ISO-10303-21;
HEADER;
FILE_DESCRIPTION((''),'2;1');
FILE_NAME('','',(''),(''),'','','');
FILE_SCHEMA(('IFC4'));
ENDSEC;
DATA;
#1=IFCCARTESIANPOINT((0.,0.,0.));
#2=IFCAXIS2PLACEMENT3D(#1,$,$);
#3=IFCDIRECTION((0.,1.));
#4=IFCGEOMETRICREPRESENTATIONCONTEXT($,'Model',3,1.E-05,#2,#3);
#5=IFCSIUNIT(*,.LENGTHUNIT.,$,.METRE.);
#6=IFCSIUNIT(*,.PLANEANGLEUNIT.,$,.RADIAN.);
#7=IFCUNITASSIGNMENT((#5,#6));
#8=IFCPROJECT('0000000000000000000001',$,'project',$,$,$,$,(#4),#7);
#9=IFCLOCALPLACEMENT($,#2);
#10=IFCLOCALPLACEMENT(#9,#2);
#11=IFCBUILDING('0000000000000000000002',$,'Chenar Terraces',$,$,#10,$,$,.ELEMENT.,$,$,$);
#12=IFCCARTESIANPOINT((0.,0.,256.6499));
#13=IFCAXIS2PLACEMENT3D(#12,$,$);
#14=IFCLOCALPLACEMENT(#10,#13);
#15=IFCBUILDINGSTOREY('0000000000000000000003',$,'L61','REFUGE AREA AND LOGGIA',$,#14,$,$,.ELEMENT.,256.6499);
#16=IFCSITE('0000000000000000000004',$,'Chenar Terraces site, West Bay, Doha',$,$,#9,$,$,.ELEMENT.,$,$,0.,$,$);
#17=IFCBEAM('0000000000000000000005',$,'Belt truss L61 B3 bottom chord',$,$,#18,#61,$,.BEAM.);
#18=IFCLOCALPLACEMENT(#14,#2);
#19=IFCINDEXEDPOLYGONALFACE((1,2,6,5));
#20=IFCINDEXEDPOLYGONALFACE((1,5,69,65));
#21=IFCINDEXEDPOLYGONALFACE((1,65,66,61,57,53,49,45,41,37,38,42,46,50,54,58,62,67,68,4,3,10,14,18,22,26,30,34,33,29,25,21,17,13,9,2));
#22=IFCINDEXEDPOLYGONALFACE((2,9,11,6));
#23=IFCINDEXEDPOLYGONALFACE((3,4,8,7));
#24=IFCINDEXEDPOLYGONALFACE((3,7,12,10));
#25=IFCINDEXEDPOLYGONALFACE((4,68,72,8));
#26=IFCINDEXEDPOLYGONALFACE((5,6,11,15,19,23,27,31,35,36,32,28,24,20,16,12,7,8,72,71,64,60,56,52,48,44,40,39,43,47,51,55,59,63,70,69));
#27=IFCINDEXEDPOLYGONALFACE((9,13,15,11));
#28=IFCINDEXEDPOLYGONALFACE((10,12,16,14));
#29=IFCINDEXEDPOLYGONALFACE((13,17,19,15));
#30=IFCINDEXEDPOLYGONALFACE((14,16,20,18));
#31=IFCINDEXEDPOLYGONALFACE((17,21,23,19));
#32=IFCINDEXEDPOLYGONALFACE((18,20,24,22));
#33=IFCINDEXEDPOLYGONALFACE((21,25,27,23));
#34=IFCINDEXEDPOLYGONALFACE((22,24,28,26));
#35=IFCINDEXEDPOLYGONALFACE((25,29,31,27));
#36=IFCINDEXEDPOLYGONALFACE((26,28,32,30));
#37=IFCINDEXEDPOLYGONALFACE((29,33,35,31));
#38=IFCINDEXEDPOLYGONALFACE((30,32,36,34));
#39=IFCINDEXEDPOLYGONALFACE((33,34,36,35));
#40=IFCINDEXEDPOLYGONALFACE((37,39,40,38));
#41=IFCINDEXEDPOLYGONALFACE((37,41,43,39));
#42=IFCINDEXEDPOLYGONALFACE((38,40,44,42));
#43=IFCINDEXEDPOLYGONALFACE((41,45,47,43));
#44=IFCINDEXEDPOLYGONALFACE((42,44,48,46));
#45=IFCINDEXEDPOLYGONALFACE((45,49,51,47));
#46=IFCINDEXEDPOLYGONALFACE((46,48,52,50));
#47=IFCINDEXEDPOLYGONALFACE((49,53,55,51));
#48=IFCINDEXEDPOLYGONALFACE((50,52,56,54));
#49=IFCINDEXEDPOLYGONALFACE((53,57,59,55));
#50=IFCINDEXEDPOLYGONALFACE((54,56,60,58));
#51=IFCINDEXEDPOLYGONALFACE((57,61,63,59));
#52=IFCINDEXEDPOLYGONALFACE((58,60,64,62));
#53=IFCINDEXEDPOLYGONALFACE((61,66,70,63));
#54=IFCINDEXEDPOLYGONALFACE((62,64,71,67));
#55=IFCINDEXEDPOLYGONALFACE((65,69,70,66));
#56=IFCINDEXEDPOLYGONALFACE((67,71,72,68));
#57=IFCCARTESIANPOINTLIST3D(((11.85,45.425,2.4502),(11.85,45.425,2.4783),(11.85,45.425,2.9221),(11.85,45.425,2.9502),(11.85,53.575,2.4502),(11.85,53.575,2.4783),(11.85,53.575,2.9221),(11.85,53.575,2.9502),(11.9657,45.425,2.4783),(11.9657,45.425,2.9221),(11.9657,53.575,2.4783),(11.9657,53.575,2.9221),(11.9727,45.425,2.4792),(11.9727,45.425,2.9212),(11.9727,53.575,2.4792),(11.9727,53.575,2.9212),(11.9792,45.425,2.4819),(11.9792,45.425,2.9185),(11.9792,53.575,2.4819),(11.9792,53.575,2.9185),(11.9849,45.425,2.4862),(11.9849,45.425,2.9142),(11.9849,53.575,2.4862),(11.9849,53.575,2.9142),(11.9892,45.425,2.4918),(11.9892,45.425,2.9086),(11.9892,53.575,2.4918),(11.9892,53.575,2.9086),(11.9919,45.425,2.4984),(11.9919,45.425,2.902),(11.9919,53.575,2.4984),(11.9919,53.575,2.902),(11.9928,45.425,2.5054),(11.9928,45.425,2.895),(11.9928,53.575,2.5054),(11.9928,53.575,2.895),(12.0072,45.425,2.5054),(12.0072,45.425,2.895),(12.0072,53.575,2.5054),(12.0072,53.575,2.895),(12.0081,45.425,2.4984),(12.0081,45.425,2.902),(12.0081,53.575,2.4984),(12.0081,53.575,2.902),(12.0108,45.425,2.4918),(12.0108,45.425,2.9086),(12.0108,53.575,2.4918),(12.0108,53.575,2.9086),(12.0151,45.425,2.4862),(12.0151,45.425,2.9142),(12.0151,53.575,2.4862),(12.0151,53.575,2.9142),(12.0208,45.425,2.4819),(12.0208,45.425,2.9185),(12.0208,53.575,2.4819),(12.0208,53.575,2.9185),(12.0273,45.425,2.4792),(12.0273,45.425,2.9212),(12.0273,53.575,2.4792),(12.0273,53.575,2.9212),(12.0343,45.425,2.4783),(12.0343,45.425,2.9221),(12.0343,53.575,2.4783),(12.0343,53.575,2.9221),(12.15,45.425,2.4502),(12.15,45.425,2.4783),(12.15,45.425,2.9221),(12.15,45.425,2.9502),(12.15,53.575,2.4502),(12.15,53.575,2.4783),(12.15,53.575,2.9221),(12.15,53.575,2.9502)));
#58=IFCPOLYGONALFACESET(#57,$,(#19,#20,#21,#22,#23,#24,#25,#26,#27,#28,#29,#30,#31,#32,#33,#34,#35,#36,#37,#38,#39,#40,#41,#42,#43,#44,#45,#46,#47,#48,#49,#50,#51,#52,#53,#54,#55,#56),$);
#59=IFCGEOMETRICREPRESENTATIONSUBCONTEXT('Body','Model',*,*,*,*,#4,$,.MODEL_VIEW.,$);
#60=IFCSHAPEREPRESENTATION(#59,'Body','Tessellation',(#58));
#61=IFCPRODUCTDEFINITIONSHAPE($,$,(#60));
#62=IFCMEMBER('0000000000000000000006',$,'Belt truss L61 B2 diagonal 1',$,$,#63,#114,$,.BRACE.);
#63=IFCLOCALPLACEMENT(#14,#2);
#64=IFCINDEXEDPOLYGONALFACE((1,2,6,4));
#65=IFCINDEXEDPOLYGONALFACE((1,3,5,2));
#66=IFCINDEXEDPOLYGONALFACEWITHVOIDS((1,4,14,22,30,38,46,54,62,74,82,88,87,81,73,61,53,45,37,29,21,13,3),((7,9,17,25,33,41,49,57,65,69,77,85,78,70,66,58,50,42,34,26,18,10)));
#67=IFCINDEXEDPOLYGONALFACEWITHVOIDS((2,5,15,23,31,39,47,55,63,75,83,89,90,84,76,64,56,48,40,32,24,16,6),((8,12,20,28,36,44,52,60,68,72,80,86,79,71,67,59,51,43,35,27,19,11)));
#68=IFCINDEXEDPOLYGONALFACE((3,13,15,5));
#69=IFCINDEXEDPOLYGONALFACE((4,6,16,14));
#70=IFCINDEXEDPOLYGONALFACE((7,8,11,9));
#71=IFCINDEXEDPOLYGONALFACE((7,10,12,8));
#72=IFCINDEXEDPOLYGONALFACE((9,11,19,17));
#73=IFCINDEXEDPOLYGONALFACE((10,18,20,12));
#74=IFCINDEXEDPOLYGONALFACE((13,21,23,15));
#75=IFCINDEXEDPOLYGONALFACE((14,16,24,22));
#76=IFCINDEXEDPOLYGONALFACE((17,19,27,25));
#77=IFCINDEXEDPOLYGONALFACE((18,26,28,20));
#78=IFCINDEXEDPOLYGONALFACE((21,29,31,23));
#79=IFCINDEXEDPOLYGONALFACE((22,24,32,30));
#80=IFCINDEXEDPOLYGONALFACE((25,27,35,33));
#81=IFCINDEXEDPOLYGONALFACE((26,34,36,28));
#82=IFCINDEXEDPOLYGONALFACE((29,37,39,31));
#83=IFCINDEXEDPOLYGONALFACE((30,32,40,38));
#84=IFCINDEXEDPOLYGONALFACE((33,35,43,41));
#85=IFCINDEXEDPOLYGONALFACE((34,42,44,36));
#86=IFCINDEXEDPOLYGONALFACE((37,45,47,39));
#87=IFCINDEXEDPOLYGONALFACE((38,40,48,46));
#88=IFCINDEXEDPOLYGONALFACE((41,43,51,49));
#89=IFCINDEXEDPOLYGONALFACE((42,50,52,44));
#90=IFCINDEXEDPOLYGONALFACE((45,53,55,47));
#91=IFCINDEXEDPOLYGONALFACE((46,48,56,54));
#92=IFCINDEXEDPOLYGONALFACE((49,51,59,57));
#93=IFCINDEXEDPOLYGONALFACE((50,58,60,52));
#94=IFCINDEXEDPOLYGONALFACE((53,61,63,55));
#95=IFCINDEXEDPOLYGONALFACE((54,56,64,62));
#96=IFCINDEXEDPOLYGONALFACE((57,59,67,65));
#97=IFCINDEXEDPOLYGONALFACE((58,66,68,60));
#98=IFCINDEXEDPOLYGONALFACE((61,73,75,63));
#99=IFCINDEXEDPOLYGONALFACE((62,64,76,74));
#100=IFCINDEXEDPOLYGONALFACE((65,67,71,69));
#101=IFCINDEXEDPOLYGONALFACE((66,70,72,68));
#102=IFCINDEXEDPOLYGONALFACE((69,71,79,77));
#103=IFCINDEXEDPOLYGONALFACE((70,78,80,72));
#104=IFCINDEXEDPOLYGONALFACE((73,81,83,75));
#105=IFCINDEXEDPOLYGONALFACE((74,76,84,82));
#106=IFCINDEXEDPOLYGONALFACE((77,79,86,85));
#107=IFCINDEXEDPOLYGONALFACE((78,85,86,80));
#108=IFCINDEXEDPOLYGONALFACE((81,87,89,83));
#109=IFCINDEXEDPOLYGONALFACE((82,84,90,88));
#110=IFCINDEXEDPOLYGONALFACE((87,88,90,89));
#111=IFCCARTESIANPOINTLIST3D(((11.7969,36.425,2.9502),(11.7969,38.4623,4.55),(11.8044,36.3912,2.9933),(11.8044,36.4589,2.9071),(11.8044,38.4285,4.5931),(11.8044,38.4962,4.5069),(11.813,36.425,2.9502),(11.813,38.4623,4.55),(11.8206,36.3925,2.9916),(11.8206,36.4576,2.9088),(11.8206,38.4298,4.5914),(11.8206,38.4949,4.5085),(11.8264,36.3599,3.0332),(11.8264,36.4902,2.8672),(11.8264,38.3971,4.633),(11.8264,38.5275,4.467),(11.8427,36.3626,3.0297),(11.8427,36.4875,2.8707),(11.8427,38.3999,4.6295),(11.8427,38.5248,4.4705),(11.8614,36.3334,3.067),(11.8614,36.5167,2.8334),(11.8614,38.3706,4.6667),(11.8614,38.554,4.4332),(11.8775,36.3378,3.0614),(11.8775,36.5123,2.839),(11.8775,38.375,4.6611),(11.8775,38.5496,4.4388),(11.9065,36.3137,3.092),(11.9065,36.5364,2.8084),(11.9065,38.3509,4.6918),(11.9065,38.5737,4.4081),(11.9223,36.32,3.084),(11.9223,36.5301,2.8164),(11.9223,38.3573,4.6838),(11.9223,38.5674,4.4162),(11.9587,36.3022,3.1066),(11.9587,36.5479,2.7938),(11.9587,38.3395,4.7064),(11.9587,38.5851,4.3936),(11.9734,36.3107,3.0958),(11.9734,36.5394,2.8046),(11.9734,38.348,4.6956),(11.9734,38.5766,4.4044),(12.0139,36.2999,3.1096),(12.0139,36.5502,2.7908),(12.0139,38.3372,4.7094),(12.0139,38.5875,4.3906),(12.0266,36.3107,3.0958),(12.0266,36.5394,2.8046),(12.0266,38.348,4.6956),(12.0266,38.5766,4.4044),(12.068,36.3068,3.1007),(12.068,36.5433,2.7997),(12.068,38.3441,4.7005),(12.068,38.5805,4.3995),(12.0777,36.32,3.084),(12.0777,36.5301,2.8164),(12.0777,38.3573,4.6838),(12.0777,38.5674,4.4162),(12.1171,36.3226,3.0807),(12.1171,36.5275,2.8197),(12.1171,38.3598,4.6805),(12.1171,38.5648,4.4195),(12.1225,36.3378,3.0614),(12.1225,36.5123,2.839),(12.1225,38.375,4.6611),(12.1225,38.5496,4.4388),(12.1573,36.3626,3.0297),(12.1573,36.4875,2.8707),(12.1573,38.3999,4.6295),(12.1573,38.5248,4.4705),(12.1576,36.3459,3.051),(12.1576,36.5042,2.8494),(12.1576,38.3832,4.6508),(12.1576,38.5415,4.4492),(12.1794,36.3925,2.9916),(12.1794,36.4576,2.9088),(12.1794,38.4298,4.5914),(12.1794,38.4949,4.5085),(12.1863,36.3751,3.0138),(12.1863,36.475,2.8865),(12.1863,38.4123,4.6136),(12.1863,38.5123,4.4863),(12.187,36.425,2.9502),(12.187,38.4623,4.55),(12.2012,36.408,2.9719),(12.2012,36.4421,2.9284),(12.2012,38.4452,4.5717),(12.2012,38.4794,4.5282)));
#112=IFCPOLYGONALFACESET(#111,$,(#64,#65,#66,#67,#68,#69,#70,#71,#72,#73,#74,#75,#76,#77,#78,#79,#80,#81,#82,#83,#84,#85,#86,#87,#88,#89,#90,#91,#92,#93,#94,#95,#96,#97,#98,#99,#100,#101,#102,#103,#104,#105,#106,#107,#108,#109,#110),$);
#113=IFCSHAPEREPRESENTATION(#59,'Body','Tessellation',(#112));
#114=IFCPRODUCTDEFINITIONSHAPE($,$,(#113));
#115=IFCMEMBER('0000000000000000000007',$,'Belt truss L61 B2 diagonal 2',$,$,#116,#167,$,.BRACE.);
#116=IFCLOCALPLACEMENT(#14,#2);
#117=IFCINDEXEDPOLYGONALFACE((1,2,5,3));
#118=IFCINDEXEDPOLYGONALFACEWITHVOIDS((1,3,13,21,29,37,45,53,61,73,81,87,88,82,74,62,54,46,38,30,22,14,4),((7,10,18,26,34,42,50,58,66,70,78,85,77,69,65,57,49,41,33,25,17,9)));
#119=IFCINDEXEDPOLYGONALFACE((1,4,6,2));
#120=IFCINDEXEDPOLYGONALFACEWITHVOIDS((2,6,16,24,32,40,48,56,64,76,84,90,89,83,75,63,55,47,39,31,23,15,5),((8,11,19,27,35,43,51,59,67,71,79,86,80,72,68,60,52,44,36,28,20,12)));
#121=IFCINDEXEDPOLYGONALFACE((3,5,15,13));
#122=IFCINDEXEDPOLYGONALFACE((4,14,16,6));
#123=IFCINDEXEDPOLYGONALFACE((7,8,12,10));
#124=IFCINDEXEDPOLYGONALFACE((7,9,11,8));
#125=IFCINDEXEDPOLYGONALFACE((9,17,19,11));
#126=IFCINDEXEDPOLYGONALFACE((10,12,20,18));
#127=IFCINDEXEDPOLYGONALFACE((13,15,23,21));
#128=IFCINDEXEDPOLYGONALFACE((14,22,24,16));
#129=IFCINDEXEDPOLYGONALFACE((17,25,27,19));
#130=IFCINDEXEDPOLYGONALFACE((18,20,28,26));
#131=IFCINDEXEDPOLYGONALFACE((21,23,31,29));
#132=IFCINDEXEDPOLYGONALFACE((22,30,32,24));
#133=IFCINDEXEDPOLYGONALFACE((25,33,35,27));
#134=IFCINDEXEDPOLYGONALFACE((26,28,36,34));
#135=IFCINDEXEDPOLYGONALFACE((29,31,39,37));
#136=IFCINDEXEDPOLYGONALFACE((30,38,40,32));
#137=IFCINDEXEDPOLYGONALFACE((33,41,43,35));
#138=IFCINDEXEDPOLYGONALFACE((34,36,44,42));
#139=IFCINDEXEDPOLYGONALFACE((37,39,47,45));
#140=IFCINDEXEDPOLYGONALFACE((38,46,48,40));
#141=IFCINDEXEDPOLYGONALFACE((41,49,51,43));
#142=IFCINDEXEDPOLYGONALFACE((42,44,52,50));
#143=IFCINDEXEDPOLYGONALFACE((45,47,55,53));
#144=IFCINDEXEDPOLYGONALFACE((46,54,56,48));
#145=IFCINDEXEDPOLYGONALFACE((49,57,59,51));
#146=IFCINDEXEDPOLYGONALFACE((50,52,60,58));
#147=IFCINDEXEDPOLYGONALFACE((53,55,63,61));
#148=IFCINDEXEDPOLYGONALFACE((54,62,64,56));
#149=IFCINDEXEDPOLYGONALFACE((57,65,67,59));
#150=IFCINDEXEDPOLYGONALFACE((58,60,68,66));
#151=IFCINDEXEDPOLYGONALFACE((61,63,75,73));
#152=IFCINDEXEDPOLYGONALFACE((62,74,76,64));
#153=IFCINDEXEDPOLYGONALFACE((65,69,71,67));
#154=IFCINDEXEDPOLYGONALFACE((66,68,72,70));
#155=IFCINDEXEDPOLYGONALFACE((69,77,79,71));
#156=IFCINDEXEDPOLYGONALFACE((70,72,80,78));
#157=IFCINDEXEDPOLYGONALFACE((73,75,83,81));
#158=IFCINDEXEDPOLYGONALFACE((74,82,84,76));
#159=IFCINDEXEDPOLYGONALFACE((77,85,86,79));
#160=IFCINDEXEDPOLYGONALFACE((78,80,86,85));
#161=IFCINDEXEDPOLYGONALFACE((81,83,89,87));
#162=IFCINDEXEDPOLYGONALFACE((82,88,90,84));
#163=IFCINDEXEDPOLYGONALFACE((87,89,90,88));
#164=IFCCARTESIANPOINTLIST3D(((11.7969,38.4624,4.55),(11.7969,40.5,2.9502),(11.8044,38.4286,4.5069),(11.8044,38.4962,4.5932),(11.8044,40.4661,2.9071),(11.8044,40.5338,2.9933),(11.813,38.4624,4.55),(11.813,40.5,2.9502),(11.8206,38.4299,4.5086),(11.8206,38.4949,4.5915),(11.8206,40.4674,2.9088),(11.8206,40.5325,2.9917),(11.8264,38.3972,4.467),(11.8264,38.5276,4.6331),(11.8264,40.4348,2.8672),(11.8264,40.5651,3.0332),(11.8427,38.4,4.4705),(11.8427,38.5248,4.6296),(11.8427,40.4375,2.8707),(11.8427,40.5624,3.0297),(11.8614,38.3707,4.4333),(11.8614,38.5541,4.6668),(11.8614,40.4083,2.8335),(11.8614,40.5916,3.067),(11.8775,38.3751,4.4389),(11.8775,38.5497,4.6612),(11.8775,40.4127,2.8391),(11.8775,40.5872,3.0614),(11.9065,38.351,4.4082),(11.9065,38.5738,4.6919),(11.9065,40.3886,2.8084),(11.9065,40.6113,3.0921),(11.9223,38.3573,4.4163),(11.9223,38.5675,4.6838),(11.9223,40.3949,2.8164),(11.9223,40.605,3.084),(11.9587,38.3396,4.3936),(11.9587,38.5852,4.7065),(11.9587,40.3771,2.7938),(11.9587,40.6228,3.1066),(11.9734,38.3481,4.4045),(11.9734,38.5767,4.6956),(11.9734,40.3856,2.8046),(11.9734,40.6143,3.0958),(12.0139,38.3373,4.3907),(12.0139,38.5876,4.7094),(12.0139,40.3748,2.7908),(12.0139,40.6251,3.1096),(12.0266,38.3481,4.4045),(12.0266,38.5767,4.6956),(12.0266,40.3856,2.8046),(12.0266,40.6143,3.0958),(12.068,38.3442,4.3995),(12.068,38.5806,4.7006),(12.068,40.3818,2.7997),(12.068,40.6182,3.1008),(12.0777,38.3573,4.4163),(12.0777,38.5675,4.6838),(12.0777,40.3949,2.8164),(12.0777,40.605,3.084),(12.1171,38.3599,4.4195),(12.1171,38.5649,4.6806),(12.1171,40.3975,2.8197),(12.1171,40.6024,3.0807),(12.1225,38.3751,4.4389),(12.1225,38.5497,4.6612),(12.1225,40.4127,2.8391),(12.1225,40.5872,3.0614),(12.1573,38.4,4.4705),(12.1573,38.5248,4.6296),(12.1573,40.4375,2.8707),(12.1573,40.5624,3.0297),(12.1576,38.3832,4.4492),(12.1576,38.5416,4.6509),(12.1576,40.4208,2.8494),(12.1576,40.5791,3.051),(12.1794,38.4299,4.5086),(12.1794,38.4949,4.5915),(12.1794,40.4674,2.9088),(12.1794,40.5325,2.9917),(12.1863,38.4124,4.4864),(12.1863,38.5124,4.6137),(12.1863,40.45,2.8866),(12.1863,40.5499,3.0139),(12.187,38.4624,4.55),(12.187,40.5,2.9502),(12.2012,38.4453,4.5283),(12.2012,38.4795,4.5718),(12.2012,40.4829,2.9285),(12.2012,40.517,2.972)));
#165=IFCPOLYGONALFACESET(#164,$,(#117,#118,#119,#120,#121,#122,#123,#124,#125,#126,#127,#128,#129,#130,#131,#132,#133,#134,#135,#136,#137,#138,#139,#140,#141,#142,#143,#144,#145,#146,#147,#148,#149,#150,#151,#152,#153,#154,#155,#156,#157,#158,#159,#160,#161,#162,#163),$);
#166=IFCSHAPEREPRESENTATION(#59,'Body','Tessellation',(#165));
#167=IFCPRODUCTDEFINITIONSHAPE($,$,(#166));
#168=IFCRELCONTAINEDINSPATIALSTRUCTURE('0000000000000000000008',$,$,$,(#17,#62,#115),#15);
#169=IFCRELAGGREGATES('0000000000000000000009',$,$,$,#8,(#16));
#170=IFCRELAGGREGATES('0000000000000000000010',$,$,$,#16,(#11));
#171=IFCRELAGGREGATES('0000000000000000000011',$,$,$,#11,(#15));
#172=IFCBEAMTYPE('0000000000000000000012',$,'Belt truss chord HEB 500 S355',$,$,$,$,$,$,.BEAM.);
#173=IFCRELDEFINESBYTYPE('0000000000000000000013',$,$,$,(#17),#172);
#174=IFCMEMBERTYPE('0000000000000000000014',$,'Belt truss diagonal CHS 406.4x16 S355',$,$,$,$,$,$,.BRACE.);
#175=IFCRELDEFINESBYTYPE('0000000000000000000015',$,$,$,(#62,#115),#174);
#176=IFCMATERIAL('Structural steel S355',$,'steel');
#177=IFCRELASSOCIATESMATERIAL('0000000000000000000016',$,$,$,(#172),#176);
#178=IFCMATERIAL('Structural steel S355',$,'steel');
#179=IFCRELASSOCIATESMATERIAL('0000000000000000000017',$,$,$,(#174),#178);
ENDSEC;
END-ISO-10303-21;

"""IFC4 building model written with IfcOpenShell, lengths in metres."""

from ifc_helpers import new_model, si_unit, direction, frame, origin, origin_2d, place, context, subcontext, project, spatial, hollow_circle, i_section, extrude, material, material_profile, profile_set, type_object, element, save


model = new_model("IFC4")

# Units and contexts
model_context = context("Model", 3, precision=1e-05, world=origin(), true_north=direction((0.0, 1.0)))
body_context = subcontext(model_context, "Body", "Model", "MODEL_VIEW")
ifc_project = project(units=[si_unit("LENGTHUNIT", "METRE"), si_unit("PLANEANGLEUNIT", "RADIAN")], contexts=[model_context])

# Site, building, storey
site_placement = place(None, origin())
site = spatial("IfcSite", under=ifc_project, at=site_placement, Name="Chenar Terraces site, West Bay, Doha", CompositionType="ELEMENT", RefElevation=0.0)
building_placement = place(site_placement, origin())
building = spatial("IfcBuilding", under=site, at=building_placement, Name="Chenar Terraces", CompositionType="ELEMENT")
storey_placement = place(building_placement, frame((0.0, 0.0, 256.6499)))
storey = spatial("IfcBuildingStorey", under=building, at=storey_placement, Name="L61", Description="REFUGE AREA AND LOGGIA", CompositionType="ELEMENT", Elevation=256.6499)

# Beam
ifc_material_1 = material(Name="Structural steel S355", Category="steel")
ifc_material_profile_1 = material_profile(ifc_material_1, i_section(OverallWidth=0.3, OverallDepth=0.5, WebThickness=0.0144, FlangeThickness=0.0281, FilletRadius=0.0271, at=origin_2d()), Name="HEB 500")
ifc_profile_set_1 = profile_set([ifc_material_profile_1], Name="Structural steel S355")
beam_type = type_object("IfcBeamType", Name="Belt truss chord HEB 500 S355", PredefinedType="BEAM", material=ifc_profile_set_1)
for number, where, z_axis, x_axis, name in (
    (1, (12.0, 45.425, 2.7002), (0.0, 1.0, 0.0), (-1.0, 0.0, 0.0), "Belt truss L61 B3 bottom chord"),
):
    element("IfcBeam", number, at=place(storey_placement, frame(where, z_axis=z_axis, x_axis=x_axis)), inside=storey, type_object=beam_type, Name=name, PredefinedType="BEAM", context=body_context, shape_type="SweptSolid", body=[
        extrude(i_section(OverallWidth=0.3, OverallDepth=0.5, WebThickness=0.0144, FlangeThickness=0.0281, FilletRadius=0.0271, at=origin_2d()), origin(), (0.0, 0.0, 1.0), 8.1499),
    ])

# Members
ifc_material_2 = material(Name="Structural steel S355", Category="steel")
ifc_material_profile_2 = material_profile(ifc_material_2, hollow_circle(Radius=0.2031, WallThickness=0.0161, at=origin_2d()), Name="CHS 406.4x16")
ifc_profile_set_2 = profile_set([ifc_material_profile_2], Name="Structural steel S355")
member_type = type_object("IfcMemberType", Name="Belt truss diagonal CHS 406.4x16 S355", PredefinedType="BRACE", material=ifc_profile_set_2)
member_1_placement = place(storey_placement, frame((12.0, 36.425, 2.9502), z_axis=(0.0, 0.786492, 0.617601), x_axis=(-1.0, 0.0, 0.0)))
element("IfcMember", 2, at=member_1_placement, inside=storey, type_object=member_type, Name="Belt truss L61 B2 diagonal 1", PredefinedType="BRACE", context=body_context, shape_type="SweptSolid", body=[
    extrude(hollow_circle(Radius=0.2031, WallThickness=0.0161, at=origin_2d()), origin(), (0.0, 0.0, 1.0), 2.5903),
])
for number, where, z_axis, x_axis, name in (
    (3, (12.0, 38.4624, 4.55), (0.0, 0.786528, -0.617555), (-1.0, 0.0, 0.0), "Belt truss L61 B2 diagonal 2"),
):
    element("IfcMember", number, at=place(storey_placement, frame(where, z_axis=z_axis, x_axis=x_axis)), inside=storey, type_object=member_type, Name=name, PredefinedType="BRACE", context=body_context, shape_type="SweptSolid", body=[
        extrude(hollow_circle(Radius=0.2031, WallThickness=0.0161, at=origin_2d()), origin(), (0.0, 0.0, 1.0), 2.5906),
    ])

save(model, "model.ifc")
